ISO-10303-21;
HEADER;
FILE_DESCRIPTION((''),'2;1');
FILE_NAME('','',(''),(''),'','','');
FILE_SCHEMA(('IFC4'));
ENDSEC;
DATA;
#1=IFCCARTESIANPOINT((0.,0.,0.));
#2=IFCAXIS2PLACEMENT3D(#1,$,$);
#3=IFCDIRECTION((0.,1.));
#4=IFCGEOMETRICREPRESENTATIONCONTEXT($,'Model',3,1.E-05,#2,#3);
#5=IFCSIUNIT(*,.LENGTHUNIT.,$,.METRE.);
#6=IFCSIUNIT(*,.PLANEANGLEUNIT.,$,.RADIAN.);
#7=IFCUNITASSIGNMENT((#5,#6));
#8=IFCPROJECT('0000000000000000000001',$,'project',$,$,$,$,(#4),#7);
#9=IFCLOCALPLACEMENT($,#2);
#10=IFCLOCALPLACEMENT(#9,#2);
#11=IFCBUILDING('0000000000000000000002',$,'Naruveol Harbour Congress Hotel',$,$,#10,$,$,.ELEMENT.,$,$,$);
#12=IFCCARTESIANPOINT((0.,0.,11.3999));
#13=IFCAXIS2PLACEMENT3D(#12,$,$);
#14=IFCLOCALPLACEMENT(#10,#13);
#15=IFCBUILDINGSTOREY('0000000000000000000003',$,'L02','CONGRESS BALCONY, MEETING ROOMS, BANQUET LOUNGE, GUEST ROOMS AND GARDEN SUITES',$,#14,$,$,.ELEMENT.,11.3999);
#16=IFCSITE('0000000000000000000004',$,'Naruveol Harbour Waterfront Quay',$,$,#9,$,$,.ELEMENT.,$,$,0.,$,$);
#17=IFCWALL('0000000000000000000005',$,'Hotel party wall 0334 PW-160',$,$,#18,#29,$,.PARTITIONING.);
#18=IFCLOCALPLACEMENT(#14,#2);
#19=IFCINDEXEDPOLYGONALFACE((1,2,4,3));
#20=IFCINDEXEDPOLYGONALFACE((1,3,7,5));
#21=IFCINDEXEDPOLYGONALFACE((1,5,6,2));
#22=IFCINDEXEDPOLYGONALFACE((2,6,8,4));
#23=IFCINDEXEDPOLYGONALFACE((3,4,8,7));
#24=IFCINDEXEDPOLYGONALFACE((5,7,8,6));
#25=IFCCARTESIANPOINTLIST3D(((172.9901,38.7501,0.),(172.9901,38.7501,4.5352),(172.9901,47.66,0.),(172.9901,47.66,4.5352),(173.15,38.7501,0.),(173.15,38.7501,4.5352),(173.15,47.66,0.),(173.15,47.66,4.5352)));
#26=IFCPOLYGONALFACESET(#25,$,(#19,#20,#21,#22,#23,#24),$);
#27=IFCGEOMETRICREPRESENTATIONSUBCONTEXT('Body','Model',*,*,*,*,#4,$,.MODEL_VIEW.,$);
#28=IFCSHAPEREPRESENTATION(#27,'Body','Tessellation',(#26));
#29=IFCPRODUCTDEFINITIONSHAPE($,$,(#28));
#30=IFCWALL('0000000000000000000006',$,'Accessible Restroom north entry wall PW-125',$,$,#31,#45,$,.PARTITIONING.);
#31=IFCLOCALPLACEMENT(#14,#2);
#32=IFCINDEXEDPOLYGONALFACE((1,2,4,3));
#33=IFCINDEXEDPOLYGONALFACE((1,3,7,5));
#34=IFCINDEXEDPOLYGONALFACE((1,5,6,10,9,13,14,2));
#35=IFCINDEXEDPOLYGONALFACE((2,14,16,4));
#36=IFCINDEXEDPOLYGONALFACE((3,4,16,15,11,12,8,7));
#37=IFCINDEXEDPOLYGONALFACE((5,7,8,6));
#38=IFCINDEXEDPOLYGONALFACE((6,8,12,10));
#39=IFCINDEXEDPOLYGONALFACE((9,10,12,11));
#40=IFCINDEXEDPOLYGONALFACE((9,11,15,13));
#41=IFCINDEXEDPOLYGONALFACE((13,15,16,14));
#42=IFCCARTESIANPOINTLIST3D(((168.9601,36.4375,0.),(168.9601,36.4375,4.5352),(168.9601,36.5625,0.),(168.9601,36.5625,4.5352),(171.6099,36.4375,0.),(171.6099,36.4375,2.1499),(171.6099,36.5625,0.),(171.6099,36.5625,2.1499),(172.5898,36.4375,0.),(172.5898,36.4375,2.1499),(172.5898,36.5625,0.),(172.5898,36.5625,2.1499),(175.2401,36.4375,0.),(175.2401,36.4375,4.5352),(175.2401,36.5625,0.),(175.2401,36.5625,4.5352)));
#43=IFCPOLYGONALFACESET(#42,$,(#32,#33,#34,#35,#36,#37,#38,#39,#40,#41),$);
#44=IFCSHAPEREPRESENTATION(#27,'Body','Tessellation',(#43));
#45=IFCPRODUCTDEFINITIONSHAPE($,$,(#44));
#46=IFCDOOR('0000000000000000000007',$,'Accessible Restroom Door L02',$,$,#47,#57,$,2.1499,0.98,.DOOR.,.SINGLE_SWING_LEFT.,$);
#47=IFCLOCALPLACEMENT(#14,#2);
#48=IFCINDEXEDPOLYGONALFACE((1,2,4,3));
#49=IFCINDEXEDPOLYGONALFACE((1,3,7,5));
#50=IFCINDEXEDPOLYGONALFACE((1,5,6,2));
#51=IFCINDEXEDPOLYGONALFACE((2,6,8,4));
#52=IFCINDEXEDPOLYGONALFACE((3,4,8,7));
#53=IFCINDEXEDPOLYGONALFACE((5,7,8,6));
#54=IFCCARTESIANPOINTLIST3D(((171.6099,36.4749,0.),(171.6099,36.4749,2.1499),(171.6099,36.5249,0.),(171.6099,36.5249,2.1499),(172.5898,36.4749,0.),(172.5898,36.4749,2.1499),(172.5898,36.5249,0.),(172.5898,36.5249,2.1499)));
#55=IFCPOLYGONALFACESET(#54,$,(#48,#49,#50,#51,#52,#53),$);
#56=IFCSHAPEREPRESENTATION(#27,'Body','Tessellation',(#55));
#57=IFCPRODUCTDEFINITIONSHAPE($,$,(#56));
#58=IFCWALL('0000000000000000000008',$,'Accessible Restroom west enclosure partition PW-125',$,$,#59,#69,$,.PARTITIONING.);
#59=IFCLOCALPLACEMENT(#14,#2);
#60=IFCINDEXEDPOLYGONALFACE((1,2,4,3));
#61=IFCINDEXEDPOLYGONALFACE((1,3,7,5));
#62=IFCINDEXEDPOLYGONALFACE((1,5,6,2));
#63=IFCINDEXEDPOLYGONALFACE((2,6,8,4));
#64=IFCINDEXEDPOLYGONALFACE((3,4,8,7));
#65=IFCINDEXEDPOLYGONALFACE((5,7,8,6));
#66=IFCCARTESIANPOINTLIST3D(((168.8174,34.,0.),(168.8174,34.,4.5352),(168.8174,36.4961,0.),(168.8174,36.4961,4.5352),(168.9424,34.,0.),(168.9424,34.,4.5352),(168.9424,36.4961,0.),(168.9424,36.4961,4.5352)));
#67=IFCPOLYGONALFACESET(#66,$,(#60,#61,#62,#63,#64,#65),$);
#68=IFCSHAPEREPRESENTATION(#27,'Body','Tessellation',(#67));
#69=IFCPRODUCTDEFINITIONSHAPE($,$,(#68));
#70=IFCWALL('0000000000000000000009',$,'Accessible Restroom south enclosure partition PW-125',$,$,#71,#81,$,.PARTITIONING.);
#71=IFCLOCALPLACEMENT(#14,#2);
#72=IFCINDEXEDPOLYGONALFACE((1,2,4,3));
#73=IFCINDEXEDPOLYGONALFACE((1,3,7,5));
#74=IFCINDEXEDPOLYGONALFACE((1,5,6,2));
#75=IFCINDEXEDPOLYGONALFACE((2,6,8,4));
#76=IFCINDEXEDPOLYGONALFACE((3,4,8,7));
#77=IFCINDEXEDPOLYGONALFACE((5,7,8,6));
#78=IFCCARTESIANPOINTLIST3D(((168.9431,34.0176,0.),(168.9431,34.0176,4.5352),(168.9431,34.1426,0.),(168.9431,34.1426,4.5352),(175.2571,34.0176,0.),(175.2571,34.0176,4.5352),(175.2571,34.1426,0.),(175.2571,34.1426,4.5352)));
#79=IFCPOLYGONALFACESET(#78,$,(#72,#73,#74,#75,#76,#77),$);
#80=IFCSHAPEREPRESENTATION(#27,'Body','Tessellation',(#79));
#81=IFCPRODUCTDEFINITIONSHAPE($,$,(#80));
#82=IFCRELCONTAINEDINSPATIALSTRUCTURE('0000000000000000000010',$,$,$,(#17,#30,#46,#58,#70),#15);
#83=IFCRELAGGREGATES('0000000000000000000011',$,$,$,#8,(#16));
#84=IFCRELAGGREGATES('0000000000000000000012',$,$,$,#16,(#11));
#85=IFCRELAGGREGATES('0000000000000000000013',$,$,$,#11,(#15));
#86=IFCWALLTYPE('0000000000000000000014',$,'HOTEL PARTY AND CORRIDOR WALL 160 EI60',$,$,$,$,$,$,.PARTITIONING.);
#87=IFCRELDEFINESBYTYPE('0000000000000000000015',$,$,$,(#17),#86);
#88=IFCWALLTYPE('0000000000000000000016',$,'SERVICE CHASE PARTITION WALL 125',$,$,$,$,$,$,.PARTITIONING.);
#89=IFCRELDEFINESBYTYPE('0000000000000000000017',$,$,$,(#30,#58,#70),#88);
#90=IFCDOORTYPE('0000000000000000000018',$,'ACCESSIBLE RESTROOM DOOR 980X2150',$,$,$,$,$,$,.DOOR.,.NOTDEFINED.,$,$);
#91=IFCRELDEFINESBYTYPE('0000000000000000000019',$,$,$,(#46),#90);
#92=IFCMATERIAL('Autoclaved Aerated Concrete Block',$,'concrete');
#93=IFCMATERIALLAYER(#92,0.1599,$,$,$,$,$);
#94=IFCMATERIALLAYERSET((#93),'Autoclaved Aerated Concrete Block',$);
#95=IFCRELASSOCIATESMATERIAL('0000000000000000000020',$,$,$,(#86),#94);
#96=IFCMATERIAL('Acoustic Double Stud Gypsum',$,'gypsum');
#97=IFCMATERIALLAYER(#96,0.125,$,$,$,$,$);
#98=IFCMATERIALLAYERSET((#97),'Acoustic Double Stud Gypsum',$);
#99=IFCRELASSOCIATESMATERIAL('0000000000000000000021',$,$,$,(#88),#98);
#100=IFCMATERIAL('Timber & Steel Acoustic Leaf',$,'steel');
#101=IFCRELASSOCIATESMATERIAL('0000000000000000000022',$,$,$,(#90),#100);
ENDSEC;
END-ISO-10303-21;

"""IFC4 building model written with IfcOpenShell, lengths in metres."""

from ifc_helpers import new_model, si_unit, direction, frame, frame_2d, origin, place, context, subcontext, project, spatial, rectangle, extrude, material, layer, layer_set, type_object, element, fill, save


model = new_model("IFC4")

# Units and contexts
model_context = context("Model", 3, precision=1e-05, world=origin(), true_north=direction((0.0, 1.0)))
body_context = subcontext(model_context, "Body", "Model", "MODEL_VIEW")
ifc_project = project(units=[si_unit("LENGTHUNIT", "METRE"), si_unit("PLANEANGLEUNIT", "RADIAN")], contexts=[model_context])

# Site, building, storey
site_placement = place(None, origin())
site = spatial("IfcSite", under=ifc_project, at=site_placement, Name="Naruveol Harbour Waterfront Quay", CompositionType="ELEMENT", RefElevation=0.0)
building_placement = place(site_placement, origin())
building = spatial("IfcBuilding", under=site, at=building_placement, Name="Naruveol Harbour Congress Hotel", CompositionType="ELEMENT")
storey_placement = place(building_placement, frame((0.0, 0.0, 11.3999)))
storey = spatial("IfcBuildingStorey", under=building, at=storey_placement, Name="L02", Description="CONGRESS BALCONY, MEETING ROOMS, BANQUET LOUNGE, GUEST ROOMS AND GARDEN SUITES", CompositionType="ELEMENT", Elevation=11.3999)

# Shared definitions
ifc_material_1 = material(Name="Autoclaved Aerated Concrete Block", Category="concrete")
ifc_layer_1 = layer(ifc_material_1, 0.1599)
ifc_layer_set_1 = layer_set([ifc_layer_1], Name="Autoclaved Aerated Concrete Block")
wall_type_1 = type_object("IfcWallType", Name="HOTEL PARTY AND CORRIDOR WALL 160 EI60", PredefinedType="PARTITIONING", material=ifc_layer_set_1)

# Wall
for number, where, z_axis, x_axis, name in (
    (1, (173.0701, 38.75, 0.0), (0.0, 0.0, 1.0), (0.0, 1.0, 0.0), "Hotel party wall 0334 PW-160"),
):
    element("IfcWall", number, at=place(storey_placement, frame(where, z_axis=z_axis, x_axis=x_axis)), inside=storey, type_object=wall_type_1, Name=name, PredefinedType="PARTITIONING", context=body_context, shape_type="SweptSolid", body=[
        extrude(rectangle(XDim=8.9099, YDim=0.1599, at=frame_2d((4.4551, 0.0))), origin(), (0.0, 0.0, 1.0), 4.5352),
    ])

# Wall, opening, door
ifc_material_2 = material(Name="Acoustic Double Stud Gypsum", Category="gypsum")
ifc_layer_2 = layer(ifc_material_2, 0.125)
ifc_layer_set_2 = layer_set([ifc_layer_2], Name="Acoustic Double Stud Gypsum")
wall_type_2 = type_object("IfcWallType", Name="SERVICE CHASE PARTITION WALL 125", PredefinedType="PARTITIONING", material=ifc_layer_set_2)
wall_1_placement = place(storey_placement, frame((168.96, 36.5, 0.0), z_axis=(0.0, 0.0, 1.0), x_axis=(1.0, 0.0, 0.0)))
wall_1 = element("IfcWall", 2, at=wall_1_placement, inside=storey, type_object=wall_type_2, Name="Accessible Restroom north entry wall PW-125", PredefinedType="PARTITIONING", context=body_context, shape_type="SweptSolid", body=[
    extrude(rectangle(XDim=6.28, YDim=0.125, at=frame_2d((3.1401, 0.0))), origin(), (0.0, 0.0, 1.0), 4.5352),
])
opening_1_placement = place(wall_1_placement, frame((2.6499, 0.0, 0.0)))
opening_1 = element("IfcOpeningElement", 3, at=opening_1_placement, cuts=wall_1, PredefinedType="OPENING", context=body_context, shape_type="SweptSolid", body=[
    extrude(rectangle(XDim=0.98, YDim=2.1499, at=frame_2d((0.49, 1.075))), frame((0.0, 0.0725, 0.0), z_axis=(0.0, -1.0, 0.0), x_axis=(1.0, 0.0, 0.0)), (0.0, 0.0, 1.0), 0.145),
])
ifc_material_3 = material(Name="Timber & Steel Acoustic Leaf", Category="steel")
door_type_1 = type_object("IfcDoorType", Name="ACCESSIBLE RESTROOM DOOR 980X2150", OperationType="NOTDEFINED", PredefinedType="DOOR", material=ifc_material_3)
door_1_placement = place(opening_1_placement, origin())
door_1 = element("IfcDoor", 4, at=door_1_placement, inside=storey, type_object=door_type_1, Name="Accessible Restroom Door L02", OperationType="SINGLE_SWING_LEFT", OverallHeight=2.1499, OverallWidth=0.98, PredefinedType="DOOR", context=body_context, shape_type="SweptSolid", body=[
    extrude(rectangle(XDim=0.98, YDim=2.1499, at=frame_2d((0.49, 1.075))), frame((0.0, 0.0249, 0.0), z_axis=(0.0, -1.0, 0.0), x_axis=(1.0, 0.0, 0.0)), (0.0, 0.0, 1.0), 0.05),
])
fill(opening_1, door_1)

# Walls
wall_2_placement = place(storey_placement, frame((168.8799, 34.0, 0.0), z_axis=(0.0, 0.0, 1.0), x_axis=(0.0, 1.0, 0.0)))
element("IfcWall", 5, at=wall_2_placement, inside=storey, type_object=wall_type_2, Name="Accessible Restroom west enclosure partition PW-125", PredefinedType="PARTITIONING", context=body_context, shape_type="SweptSolid", body=[
    extrude(rectangle(XDim=2.4961, YDim=0.125, at=frame_2d((1.248, 0.0))), origin(), (0.0, 0.0, 1.0), 4.5352),
])
wall_3_placement = place(storey_placement, frame((168.9431, 34.0801, 0.0), z_axis=(0.0, 0.0, 1.0), x_axis=(1.0, 0.0, 0.0)))
element("IfcWall", 6, at=wall_3_placement, inside=storey, type_object=wall_type_2, Name="Accessible Restroom south enclosure partition PW-125", PredefinedType="PARTITIONING", context=body_context, shape_type="SweptSolid", body=[
    extrude(rectangle(XDim=6.314, YDim=0.125, at=frame_2d((3.157, 0.0))), origin(), (0.0, 0.0, 1.0), 4.5352),
])

save(model, "model.ifc")
